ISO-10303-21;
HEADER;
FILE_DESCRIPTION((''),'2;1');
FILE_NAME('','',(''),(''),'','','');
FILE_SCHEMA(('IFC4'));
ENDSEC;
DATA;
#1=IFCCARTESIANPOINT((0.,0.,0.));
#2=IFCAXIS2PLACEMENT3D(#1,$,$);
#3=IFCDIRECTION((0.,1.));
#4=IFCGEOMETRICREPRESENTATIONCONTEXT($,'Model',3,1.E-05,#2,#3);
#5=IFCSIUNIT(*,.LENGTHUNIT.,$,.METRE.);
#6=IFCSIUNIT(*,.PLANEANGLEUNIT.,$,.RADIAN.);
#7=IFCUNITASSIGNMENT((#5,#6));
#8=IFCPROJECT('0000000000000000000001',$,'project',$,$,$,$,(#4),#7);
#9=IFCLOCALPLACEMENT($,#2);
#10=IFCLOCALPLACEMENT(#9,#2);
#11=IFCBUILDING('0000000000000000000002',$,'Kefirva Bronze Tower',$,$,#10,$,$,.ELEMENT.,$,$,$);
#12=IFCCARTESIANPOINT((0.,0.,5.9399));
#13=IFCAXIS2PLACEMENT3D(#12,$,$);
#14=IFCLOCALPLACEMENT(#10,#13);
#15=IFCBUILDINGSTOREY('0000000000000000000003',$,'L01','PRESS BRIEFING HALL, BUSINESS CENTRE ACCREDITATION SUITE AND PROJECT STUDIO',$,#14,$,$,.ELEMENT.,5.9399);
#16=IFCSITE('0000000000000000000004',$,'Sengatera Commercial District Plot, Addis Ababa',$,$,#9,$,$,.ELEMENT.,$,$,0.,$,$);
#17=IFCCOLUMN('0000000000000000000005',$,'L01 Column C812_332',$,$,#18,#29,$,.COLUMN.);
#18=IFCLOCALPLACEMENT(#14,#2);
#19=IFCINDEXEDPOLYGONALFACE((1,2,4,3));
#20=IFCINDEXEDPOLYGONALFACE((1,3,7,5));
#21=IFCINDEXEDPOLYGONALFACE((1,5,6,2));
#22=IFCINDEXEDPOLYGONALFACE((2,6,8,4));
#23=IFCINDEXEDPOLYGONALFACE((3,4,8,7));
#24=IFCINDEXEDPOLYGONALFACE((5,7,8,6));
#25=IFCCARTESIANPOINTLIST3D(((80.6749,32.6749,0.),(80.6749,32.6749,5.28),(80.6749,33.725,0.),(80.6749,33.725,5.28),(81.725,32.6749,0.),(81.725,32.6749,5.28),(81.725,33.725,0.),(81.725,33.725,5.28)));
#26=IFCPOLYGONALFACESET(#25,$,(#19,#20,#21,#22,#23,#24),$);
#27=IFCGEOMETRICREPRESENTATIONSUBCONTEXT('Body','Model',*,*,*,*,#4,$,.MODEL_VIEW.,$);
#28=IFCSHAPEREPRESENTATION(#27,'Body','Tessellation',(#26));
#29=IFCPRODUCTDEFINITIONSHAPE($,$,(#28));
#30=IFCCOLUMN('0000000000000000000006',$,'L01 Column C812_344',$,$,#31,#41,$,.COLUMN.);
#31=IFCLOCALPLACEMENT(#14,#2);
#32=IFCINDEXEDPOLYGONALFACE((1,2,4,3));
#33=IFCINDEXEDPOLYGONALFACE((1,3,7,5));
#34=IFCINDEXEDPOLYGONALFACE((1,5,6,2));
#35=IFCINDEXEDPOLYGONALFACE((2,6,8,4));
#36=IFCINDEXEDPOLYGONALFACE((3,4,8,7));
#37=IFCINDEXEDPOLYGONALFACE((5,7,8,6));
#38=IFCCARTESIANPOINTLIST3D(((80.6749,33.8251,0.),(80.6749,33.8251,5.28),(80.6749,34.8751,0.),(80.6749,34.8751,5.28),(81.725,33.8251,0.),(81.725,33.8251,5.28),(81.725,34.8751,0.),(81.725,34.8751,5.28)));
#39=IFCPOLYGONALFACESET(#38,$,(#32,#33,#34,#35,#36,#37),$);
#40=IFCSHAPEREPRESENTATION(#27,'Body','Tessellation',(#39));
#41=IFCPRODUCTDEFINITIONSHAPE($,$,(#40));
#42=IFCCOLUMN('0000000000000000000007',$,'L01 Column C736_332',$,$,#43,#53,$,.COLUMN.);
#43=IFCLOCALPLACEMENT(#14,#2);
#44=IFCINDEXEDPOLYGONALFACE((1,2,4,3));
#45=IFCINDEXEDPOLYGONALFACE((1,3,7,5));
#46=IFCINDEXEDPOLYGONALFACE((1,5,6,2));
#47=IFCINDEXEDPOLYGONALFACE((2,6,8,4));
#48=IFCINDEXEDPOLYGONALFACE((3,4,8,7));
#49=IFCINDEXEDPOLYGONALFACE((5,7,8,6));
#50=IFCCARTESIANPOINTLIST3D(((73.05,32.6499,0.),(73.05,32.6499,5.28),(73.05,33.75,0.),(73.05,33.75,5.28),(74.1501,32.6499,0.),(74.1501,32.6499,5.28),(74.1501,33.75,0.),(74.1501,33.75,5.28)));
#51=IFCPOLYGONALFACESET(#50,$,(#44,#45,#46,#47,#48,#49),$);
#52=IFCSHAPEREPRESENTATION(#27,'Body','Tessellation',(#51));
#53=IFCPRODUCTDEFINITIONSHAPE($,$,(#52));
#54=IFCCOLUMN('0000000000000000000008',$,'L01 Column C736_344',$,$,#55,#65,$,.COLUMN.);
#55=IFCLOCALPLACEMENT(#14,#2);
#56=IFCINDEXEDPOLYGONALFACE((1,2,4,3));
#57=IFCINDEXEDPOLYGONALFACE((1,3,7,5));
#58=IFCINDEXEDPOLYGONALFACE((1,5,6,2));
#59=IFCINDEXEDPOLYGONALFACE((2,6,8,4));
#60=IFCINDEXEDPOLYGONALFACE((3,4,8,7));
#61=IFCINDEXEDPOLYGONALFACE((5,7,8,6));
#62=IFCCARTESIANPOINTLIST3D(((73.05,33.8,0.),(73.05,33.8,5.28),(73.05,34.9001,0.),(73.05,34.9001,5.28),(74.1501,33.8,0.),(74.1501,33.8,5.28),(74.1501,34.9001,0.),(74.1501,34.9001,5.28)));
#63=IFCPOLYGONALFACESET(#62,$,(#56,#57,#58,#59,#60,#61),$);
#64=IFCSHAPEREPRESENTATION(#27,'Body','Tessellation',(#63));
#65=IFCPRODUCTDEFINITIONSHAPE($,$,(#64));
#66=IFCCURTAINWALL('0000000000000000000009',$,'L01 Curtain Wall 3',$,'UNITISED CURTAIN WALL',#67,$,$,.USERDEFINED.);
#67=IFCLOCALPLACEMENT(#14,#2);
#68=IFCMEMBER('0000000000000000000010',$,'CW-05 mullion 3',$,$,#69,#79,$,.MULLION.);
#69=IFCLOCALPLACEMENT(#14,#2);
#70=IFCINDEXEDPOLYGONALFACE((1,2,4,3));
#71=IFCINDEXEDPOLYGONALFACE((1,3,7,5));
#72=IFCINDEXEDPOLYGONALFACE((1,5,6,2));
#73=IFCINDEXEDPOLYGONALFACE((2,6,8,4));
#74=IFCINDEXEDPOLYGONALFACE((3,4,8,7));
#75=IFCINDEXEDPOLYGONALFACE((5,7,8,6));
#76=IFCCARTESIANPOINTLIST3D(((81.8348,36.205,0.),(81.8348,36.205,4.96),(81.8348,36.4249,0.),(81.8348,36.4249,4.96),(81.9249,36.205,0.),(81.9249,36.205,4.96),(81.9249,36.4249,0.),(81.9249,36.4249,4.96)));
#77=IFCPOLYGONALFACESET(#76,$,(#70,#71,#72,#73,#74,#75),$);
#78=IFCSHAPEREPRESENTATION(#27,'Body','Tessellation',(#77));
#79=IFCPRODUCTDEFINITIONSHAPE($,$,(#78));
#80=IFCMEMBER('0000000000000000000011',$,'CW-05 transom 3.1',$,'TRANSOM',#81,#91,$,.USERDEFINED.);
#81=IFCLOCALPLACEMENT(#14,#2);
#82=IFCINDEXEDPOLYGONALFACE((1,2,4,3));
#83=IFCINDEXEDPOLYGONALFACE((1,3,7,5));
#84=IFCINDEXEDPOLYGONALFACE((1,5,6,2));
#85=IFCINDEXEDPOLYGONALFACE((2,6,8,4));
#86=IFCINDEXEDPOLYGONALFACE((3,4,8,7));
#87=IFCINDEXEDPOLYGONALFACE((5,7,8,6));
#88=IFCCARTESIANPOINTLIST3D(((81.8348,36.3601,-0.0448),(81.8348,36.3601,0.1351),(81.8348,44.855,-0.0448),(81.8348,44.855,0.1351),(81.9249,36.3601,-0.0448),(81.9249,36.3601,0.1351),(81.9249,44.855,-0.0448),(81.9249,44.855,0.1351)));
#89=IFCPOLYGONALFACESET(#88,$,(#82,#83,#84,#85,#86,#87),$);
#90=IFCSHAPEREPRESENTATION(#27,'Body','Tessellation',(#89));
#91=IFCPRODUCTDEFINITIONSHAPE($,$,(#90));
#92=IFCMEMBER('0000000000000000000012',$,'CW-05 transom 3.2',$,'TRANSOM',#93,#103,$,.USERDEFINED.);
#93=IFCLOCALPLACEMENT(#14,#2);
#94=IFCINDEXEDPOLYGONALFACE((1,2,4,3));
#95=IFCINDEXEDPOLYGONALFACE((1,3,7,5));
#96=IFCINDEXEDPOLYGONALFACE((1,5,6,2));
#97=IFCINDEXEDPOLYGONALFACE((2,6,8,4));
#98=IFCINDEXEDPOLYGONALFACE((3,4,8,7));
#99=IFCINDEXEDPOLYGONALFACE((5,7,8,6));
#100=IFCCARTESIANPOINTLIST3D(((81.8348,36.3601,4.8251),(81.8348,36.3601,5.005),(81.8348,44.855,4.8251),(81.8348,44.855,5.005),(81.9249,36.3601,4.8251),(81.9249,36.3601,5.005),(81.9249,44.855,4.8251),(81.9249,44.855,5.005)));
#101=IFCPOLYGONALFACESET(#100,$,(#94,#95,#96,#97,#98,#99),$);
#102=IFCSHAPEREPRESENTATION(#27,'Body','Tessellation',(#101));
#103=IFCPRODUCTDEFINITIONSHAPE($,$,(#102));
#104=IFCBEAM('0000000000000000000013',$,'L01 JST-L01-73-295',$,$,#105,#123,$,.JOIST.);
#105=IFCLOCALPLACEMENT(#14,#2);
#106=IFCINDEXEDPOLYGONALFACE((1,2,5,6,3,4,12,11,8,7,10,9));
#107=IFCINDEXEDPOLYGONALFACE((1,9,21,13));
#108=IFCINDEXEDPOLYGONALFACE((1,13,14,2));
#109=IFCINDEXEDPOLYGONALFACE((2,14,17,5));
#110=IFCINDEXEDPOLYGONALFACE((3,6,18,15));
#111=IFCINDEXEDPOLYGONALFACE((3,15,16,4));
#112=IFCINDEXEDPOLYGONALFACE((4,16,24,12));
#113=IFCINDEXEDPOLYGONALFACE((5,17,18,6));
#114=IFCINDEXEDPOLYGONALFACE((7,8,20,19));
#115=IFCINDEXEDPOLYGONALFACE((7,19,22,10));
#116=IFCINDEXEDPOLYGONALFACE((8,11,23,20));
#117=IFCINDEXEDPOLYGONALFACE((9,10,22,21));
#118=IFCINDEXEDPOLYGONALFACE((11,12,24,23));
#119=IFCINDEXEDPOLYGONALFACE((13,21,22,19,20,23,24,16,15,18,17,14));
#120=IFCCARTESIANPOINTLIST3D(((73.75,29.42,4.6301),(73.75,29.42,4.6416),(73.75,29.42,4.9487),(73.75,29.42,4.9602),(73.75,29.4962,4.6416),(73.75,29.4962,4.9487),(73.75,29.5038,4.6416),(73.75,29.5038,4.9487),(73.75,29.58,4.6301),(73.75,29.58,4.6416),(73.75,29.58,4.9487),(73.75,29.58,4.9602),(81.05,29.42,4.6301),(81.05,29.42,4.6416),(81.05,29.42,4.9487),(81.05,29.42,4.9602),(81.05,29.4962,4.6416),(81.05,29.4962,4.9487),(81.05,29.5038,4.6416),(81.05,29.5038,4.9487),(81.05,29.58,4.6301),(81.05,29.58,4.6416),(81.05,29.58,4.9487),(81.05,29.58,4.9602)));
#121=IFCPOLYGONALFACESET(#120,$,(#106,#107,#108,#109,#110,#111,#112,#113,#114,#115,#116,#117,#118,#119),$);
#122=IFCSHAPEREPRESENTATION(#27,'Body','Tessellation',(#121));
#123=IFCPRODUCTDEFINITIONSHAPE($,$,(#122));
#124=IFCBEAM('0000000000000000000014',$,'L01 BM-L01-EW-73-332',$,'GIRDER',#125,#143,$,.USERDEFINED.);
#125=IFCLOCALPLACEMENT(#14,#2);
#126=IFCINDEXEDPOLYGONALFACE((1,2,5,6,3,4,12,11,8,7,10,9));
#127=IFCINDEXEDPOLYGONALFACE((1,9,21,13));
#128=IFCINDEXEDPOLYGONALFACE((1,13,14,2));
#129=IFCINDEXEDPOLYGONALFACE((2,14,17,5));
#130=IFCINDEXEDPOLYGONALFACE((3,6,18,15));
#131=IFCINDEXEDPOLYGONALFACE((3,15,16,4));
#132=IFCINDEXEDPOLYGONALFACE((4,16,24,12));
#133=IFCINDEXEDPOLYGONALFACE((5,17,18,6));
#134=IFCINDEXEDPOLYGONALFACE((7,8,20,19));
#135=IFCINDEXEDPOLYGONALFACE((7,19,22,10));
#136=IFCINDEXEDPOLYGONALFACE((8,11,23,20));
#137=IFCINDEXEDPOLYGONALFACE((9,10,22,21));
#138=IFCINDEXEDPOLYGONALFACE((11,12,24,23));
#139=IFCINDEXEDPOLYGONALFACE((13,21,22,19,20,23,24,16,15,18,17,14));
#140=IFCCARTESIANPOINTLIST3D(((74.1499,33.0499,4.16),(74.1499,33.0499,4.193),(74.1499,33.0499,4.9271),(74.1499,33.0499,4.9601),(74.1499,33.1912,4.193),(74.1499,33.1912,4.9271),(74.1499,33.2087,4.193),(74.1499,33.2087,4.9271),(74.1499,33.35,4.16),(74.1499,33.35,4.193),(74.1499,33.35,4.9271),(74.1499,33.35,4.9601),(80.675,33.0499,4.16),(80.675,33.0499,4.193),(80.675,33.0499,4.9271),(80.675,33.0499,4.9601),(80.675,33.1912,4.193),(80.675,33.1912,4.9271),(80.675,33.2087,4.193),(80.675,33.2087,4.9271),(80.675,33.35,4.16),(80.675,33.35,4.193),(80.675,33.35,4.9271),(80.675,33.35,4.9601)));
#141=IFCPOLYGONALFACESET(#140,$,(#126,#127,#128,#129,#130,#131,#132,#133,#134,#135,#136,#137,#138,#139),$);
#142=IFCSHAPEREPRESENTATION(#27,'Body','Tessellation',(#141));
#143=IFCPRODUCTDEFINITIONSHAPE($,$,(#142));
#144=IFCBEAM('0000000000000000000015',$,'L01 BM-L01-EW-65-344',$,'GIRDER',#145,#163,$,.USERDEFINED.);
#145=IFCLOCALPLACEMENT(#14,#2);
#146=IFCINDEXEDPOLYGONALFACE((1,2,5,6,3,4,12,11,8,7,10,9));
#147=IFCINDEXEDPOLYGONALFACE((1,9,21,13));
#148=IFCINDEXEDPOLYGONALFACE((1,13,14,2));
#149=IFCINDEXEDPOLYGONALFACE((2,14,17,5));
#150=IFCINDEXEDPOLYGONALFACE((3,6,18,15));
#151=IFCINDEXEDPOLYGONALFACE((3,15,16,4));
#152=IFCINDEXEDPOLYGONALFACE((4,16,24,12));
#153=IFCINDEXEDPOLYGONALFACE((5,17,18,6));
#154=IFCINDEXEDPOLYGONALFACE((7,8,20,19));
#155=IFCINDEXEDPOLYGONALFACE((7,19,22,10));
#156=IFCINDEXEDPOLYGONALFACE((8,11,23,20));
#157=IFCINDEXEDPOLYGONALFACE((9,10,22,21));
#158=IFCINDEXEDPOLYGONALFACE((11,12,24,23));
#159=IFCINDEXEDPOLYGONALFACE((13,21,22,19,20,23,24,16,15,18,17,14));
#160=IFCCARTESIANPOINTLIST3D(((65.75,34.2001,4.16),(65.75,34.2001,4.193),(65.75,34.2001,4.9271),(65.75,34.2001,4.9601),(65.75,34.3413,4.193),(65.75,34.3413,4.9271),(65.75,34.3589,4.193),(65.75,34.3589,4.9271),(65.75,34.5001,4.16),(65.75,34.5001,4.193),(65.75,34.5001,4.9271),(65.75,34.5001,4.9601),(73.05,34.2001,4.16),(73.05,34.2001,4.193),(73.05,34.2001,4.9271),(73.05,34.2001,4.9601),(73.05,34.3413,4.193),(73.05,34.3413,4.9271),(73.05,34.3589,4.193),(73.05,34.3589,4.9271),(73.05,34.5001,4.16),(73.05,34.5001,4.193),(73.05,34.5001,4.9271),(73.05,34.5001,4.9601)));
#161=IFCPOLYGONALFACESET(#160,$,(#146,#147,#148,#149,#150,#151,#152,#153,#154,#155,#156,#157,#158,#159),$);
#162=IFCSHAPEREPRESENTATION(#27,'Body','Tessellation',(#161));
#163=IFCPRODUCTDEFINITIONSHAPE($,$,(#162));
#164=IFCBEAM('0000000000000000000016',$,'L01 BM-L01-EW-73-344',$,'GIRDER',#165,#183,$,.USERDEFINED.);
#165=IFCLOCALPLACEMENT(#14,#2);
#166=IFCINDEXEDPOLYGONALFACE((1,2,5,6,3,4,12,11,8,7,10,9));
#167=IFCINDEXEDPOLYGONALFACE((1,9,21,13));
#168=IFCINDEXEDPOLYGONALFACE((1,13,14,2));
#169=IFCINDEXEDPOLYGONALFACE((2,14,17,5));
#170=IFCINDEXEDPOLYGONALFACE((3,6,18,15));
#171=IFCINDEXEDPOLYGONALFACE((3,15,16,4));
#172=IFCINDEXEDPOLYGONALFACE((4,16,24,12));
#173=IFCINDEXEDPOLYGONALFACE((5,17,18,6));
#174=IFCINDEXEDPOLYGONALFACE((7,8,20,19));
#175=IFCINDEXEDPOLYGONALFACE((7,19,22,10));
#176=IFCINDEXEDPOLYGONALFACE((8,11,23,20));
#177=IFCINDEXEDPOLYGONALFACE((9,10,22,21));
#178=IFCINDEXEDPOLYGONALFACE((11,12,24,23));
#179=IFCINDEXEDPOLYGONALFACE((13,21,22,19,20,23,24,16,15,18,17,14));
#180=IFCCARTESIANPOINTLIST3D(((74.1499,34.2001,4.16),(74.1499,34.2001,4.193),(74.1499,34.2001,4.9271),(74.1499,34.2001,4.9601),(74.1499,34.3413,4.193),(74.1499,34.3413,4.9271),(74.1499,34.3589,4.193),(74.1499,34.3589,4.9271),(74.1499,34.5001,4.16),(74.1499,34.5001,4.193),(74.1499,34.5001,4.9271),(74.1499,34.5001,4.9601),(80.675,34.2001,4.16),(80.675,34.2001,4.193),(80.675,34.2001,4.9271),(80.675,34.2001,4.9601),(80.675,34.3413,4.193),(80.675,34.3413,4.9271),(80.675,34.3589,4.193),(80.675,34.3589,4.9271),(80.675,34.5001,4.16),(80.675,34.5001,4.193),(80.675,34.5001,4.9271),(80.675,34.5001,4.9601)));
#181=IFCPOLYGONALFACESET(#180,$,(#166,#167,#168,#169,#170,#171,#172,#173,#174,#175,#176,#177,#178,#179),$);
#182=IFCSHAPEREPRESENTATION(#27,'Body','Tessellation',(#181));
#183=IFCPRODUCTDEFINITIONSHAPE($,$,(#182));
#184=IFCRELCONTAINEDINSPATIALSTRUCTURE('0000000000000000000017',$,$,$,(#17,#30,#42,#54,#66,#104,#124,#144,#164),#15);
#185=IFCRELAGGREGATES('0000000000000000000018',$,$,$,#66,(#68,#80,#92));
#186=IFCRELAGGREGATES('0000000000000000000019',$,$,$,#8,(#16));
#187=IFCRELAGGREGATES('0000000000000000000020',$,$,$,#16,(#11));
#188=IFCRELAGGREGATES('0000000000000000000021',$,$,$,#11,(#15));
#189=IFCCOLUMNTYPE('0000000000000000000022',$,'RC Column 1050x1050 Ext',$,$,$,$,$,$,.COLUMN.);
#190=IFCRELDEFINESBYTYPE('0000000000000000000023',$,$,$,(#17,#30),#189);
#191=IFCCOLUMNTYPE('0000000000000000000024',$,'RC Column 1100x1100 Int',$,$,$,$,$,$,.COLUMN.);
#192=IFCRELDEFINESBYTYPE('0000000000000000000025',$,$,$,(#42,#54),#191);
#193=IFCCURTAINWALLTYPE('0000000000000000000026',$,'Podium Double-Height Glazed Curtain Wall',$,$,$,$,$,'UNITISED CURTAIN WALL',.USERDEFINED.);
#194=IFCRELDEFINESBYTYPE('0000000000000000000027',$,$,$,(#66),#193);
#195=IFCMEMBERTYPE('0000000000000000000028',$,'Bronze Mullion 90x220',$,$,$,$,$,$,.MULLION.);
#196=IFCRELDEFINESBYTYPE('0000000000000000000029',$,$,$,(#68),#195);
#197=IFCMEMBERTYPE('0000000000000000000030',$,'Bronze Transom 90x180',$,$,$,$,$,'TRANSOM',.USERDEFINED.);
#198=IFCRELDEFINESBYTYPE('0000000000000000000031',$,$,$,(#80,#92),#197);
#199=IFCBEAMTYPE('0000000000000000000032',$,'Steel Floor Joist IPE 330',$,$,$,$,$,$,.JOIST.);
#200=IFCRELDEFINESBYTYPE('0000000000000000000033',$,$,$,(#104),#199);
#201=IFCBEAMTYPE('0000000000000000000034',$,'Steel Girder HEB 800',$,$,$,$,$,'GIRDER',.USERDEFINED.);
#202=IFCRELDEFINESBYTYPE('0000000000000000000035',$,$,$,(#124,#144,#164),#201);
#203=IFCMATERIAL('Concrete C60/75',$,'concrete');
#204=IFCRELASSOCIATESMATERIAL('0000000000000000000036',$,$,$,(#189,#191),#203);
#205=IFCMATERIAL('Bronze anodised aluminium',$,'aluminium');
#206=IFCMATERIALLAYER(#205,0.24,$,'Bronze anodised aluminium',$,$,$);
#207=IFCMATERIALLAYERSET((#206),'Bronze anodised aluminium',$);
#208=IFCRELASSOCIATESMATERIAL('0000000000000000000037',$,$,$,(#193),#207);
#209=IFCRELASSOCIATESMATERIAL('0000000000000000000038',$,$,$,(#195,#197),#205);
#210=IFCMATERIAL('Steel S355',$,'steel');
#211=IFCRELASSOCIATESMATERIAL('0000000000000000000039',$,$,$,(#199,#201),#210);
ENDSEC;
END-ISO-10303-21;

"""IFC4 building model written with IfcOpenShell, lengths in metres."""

from ifc_helpers import new_model, si_unit, direction, frame, origin, origin_2d, place, context, subcontext, project, spatial, rectangle, i_section, extrude, material, layer, layer_set, material_profile, profile_set, type_object, element, aggregate, save


model = new_model("IFC4")

# Units and contexts
model_context = context("Model", 3, precision=1e-05, world=origin(), true_north=direction((0.0, 1.0)))
body_context = subcontext(model_context, "Body", "Model", "MODEL_VIEW")
ifc_project = project(units=[si_unit("LENGTHUNIT", "METRE"), si_unit("PLANEANGLEUNIT", "RADIAN")], contexts=[model_context])

# Site, building, storey
site_placement = place(None, origin())
site = spatial("IfcSite", under=ifc_project, at=site_placement, Name="Sengatera Commercial District Plot, Addis Ababa", CompositionType="ELEMENT", RefElevation=0.0)
building_placement = place(site_placement, origin())
building = spatial("IfcBuilding", under=site, at=building_placement, Name="Kefirva Bronze Tower", CompositionType="ELEMENT")
storey_placement = place(building_placement, frame((0.0, 0.0, 5.9399)))
storey = spatial("IfcBuildingStorey", under=building, at=storey_placement, Name="L01", Description="PRESS BRIEFING HALL, BUSINESS CENTRE ACCREDITATION SUITE AND PROJECT STUDIO", CompositionType="ELEMENT", Elevation=5.9399)

# Columns
ifc_material_1 = material(Name="Concrete C60/75", Category="concrete")
ifc_material_profile_1 = material_profile(ifc_material_1, rectangle(XDim=1.05, YDim=1.05, at=origin_2d()), Name="RC 1050x1050")
ifc_profile_set_1 = profile_set([ifc_material_profile_1], Name="Concrete C60/75")
column_type_1 = type_object("IfcColumnType", Name="RC Column 1050x1050 Ext", PredefinedType="COLUMN", material=ifc_profile_set_1)
for number, where, z_axis, x_axis, name in (
    (1, (81.2, 33.2, 0.0), (0.0, 0.0, 1.0), (1.0, 0.0, 0.0), "L01 Column C812_332"),
    (2, (81.2, 34.3501, 0.0), (0.0, 0.0, 1.0), (1.0, 0.0, 0.0), "L01 Column C812_344"),
):
    element("IfcColumn", number, at=place(storey_placement, frame(where, z_axis=z_axis, x_axis=x_axis)), inside=storey, type_object=column_type_1, Name=name, PredefinedType="COLUMN", context=body_context, shape_type="SweptSolid", body=[
        extrude(rectangle(XDim=1.05, YDim=1.05, at=origin_2d()), origin(), (0.0, 0.0, 1.0), 5.28),
    ])
ifc_material_profile_2 = material_profile(ifc_material_1, rectangle(XDim=1.1001, YDim=1.1001, at=origin_2d()), Name="RC 1100x1100")
ifc_profile_set_2 = profile_set([ifc_material_profile_2], Name="Concrete C60/75")
column_type_2 = type_object("IfcColumnType", Name="RC Column 1100x1100 Int", PredefinedType="COLUMN", material=ifc_profile_set_2)
for number, where, z_axis, x_axis, name in (
    (3, (73.6001, 33.2, 0.0), (0.0, 0.0, 1.0), (1.0, 0.0, 0.0), "L01 Column C736_332"),
    (4, (73.6001, 34.3501, 0.0), (0.0, 0.0, 1.0), (1.0, 0.0, 0.0), "L01 Column C736_344"),
):
    element("IfcColumn", number, at=place(storey_placement, frame(where, z_axis=z_axis, x_axis=x_axis)), inside=storey, type_object=column_type_2, Name=name, PredefinedType="COLUMN", context=body_context, shape_type="SweptSolid", body=[
        extrude(rectangle(XDim=1.1001, YDim=1.1001, at=origin_2d()), origin(), (0.0, 0.0, 1.0), 5.28),
    ])

# Curtain wall, members
ifc_material_2 = material(Name="Bronze anodised aluminium", Category="aluminium")
ifc_layer_1 = layer(ifc_material_2, 0.24, Name="Bronze anodised aluminium")
ifc_layer_set_1 = layer_set([ifc_layer_1], Name="Bronze anodised aluminium")
curtain_wall_type = type_object("IfcCurtainWallType", Name="Podium Double-Height Glazed Curtain Wall", ElementType="UNITISED CURTAIN WALL", PredefinedType="USERDEFINED", material=ifc_layer_set_1)
curtain_wall_placement = place(storey_placement, origin())
curtain_wall = element("IfcCurtainWall", 5, at=curtain_wall_placement, inside=storey, type_object=curtain_wall_type, Name="L01 Curtain Wall 3", ObjectType="UNITISED CURTAIN WALL", PredefinedType="USERDEFINED")
ifc_material_profile_3 = material_profile(ifc_material_2, rectangle(XDim=0.0901, YDim=0.22, at=origin_2d()), Name="ALU 90x220")
ifc_profile_set_3 = profile_set([ifc_material_profile_3], Name="Bronze anodised aluminium")
member_type_1 = type_object("IfcMemberType", Name="Bronze Mullion 90x220", PredefinedType="MULLION", material=ifc_profile_set_3)
member_1_placement = place(storey_placement, frame((81.8799, 36.3149, 0.0), z_axis=(0.0, 0.0, 1.0), x_axis=(-1.0, 0.0, 0.0)))
member_1 = element("IfcMember", 6, at=member_1_placement, type_object=member_type_1, Name="CW-05 mullion 3", PredefinedType="MULLION", context=body_context, shape_type="SweptSolid", body=[
    extrude(rectangle(XDim=0.0901, YDim=0.22, at=origin_2d()), origin(), (0.0, 0.0, 1.0), 4.96),
])
ifc_material_profile_4 = material_profile(ifc_material_2, rectangle(XDim=0.0901, YDim=0.1799, at=origin_2d()), Name="ALU 90x180")
ifc_profile_set_4 = profile_set([ifc_material_profile_4], Name="Bronze anodised aluminium")
member_type_2 = type_object("IfcMemberType", Name="Bronze Transom 90x180", ElementType="TRANSOM", PredefinedType="USERDEFINED", material=ifc_profile_set_4)
member_2_placement = place(storey_placement, frame((81.8799, 36.3601, 0.0452), z_axis=(0.0, 1.0, 0.0), x_axis=(-1.0, 0.0, 0.0)))
member_2 = element("IfcMember", 7, at=member_2_placement, type_object=member_type_2, Name="CW-05 transom 3.1", ObjectType="TRANSOM", PredefinedType="USERDEFINED", context=body_context, shape_type="SweptSolid", body=[
    extrude(rectangle(XDim=0.0901, YDim=0.1799, at=origin_2d()), origin(), (0.0, 0.0, 1.0), 8.4949),
])
member_3_placement = place(storey_placement, frame((81.8799, 36.3601, 4.915), z_axis=(0.0, 1.0, 0.0), x_axis=(-1.0, 0.0, 0.0)))
member_3 = element("IfcMember", 8, at=member_3_placement, type_object=member_type_2, Name="CW-05 transom 3.2", ObjectType="TRANSOM", PredefinedType="USERDEFINED", context=body_context, shape_type="SweptSolid", body=[
    extrude(rectangle(XDim=0.0901, YDim=0.1799, at=origin_2d()), origin(), (0.0, 0.0, 1.0), 8.4949),
])

# Beams
ifc_material_3 = material(Name="Steel S355", Category="steel")
ifc_material_profile_5 = material_profile(ifc_material_3, i_section(OverallWidth=0.1599, OverallDepth=0.3301, WebThickness=0.0076, FlangeThickness=0.0115, at=origin_2d()), Name="IPE 330")
ifc_profile_set_5 = profile_set([ifc_material_profile_5], Name="Steel S355")
beam_type_1 = type_object("IfcBeamType", Name="Steel Floor Joist IPE 330", PredefinedType="JOIST", material=ifc_profile_set_5)
beam_1_placement = place(storey_placement, frame((73.75, 29.5, 4.7952), z_axis=(1.0, 0.0, 0.0), x_axis=(0.0, 1.0, 0.0)))
element("IfcBeam", 9, at=beam_1_placement, inside=storey, type_object=beam_type_1, Name="L01 JST-L01-73-295", PredefinedType="JOIST", context=body_context, shape_type="SweptSolid", body=[
    extrude(i_section(OverallWidth=0.1599, OverallDepth=0.3301, WebThickness=0.0076, FlangeThickness=0.0115, at=origin_2d()), origin(), (0.0, 0.0, 1.0), 7.3),
])
ifc_material_profile_6 = material_profile(ifc_material_3, i_section(OverallWidth=0.3, OverallDepth=0.8, WebThickness=0.0176, FlangeThickness=0.033, at=origin_2d()), Name="HEB 800")
ifc_profile_set_6 = profile_set([ifc_material_profile_6], Name="Steel S355")
beam_type_2 = type_object("IfcBeamType", Name="Steel Girder HEB 800", ElementType="GIRDER", PredefinedType="USERDEFINED", material=ifc_profile_set_6)
beam_2_placement = place(storey_placement, frame((74.1499, 33.2, 4.5601), z_axis=(1.0, 0.0, 0.0), x_axis=(0.0, 1.0, 0.0)))
element("IfcBeam", 10, at=beam_2_placement, inside=storey, type_object=beam_type_2, Name="L01 BM-L01-EW-73-332", ObjectType="GIRDER", PredefinedType="USERDEFINED", context=body_context, shape_type="SweptSolid", body=[
    extrude(i_section(OverallWidth=0.3, OverallDepth=0.8, WebThickness=0.0176, FlangeThickness=0.033, at=origin_2d()), origin(), (0.0, 0.0, 1.0), 6.5251),
])
beam_3_placement = place(storey_placement, frame((65.75, 34.3501, 4.5601), z_axis=(1.0, 0.0, 0.0), x_axis=(0.0, 1.0, 0.0)))
element("IfcBeam", 11, at=beam_3_placement, inside=storey, type_object=beam_type_2, Name="L01 BM-L01-EW-65-344", ObjectType="GIRDER", PredefinedType="USERDEFINED", context=body_context, shape_type="SweptSolid", body=[
    extrude(i_section(OverallWidth=0.3, OverallDepth=0.8, WebThickness=0.0176, FlangeThickness=0.033, at=origin_2d()), origin(), (0.0, 0.0, 1.0), 7.3),
])
beam_4_placement = place(storey_placement, frame((74.1499, 34.3501, 4.5601), z_axis=(1.0, 0.0, 0.0), x_axis=(0.0, 1.0, 0.0)))
element("IfcBeam", 12, at=beam_4_placement, inside=storey, type_object=beam_type_2, Name="L01 BM-L01-EW-73-344", ObjectType="GIRDER", PredefinedType="USERDEFINED", context=body_context, shape_type="SweptSolid", body=[
    extrude(i_section(OverallWidth=0.3, OverallDepth=0.8, WebThickness=0.0176, FlangeThickness=0.033, at=origin_2d()), origin(), (0.0, 0.0, 1.0), 6.5251),
])

aggregate(curtain_wall, [member_1, member_2, member_3])

save(model, "model.ifc")
